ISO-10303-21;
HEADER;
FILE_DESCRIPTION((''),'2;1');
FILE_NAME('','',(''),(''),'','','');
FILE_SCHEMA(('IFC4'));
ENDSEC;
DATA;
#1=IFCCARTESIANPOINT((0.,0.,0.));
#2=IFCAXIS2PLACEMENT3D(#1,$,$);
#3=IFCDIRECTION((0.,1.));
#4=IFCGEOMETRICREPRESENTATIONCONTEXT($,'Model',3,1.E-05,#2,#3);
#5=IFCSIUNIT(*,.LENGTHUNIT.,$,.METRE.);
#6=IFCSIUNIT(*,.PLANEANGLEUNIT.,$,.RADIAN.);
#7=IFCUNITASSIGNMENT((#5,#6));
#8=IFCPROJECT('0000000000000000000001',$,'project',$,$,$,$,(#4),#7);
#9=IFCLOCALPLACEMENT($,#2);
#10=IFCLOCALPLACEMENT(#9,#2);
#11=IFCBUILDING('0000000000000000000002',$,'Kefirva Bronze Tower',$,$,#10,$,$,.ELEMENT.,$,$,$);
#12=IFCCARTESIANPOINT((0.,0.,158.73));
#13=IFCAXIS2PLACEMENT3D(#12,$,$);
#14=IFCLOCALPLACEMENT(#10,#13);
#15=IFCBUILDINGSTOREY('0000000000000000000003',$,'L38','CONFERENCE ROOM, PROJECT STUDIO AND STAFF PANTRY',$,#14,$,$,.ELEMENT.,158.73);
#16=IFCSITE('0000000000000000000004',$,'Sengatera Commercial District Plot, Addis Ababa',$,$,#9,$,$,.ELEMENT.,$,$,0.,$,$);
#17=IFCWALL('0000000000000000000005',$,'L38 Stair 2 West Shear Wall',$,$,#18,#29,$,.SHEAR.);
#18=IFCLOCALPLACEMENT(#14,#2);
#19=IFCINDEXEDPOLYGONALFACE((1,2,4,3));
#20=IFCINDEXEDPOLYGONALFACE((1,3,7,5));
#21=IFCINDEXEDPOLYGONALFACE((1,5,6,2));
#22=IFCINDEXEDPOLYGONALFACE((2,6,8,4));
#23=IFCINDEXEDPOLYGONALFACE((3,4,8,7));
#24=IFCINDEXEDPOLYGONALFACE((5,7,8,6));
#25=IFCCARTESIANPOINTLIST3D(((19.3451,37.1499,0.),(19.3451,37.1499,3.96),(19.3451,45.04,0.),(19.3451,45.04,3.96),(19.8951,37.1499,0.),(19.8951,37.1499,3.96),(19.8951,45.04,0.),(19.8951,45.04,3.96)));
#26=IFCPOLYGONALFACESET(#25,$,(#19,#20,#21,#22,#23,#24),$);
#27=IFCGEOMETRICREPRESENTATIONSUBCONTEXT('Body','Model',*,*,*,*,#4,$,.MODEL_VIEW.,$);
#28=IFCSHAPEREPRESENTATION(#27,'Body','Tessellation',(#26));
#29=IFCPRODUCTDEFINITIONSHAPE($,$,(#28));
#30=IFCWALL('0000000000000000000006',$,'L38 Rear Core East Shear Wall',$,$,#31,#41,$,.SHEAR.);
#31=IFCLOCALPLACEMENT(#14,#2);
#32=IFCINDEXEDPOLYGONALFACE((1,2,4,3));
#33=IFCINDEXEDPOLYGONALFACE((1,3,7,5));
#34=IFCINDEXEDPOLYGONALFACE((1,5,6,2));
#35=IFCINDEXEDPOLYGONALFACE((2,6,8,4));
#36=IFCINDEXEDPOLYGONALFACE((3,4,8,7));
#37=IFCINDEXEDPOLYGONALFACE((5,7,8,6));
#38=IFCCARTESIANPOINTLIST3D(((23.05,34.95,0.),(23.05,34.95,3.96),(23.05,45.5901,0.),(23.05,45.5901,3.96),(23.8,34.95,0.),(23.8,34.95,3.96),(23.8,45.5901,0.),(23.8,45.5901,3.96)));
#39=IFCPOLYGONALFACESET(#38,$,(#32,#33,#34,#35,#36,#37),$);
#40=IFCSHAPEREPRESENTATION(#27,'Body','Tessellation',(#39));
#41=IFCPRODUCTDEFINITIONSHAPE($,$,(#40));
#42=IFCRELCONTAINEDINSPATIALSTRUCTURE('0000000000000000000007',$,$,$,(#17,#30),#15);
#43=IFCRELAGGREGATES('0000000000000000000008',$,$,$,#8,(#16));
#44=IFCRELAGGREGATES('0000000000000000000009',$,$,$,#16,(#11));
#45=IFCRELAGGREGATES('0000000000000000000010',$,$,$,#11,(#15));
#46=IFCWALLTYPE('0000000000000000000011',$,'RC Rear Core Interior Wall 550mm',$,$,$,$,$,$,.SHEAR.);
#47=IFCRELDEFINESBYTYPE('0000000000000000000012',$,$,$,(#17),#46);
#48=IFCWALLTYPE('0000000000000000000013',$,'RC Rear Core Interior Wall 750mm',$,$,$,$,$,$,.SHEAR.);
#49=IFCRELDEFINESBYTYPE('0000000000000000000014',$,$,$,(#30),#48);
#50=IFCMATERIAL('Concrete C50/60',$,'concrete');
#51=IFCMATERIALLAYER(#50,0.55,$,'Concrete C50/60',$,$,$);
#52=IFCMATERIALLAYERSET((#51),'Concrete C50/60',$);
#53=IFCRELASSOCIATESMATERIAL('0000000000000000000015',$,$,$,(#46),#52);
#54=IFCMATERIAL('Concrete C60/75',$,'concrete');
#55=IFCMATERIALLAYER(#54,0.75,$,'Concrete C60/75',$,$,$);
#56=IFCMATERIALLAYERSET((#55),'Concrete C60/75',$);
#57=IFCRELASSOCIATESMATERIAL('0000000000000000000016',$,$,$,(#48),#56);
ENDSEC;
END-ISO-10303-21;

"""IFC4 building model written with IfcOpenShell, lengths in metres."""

from ifc_helpers import new_model, si_unit, direction, frame, frame_2d, origin, place, context, subcontext, project, spatial, rectangle, extrude, material, layer, layer_set, type_object, element, save


model = new_model("IFC4")

# Units and contexts
model_context = context("Model", 3, precision=1e-05, world=origin(), true_north=direction((0.0, 1.0)))
body_context = subcontext(model_context, "Body", "Model", "MODEL_VIEW")
ifc_project = project(units=[si_unit("LENGTHUNIT", "METRE"), si_unit("PLANEANGLEUNIT", "RADIAN")], contexts=[model_context])

# Site, building, storey
site_placement = place(None, origin())
site = spatial("IfcSite", under=ifc_project, at=site_placement, Name="Sengatera Commercial District Plot, Addis Ababa", CompositionType="ELEMENT", RefElevation=0.0)
building_placement = place(site_placement, origin())
building = spatial("IfcBuilding", under=site, at=building_placement, Name="Kefirva Bronze Tower", CompositionType="ELEMENT")
storey_placement = place(building_placement, frame((0.0, 0.0, 158.73)))
storey = spatial("IfcBuildingStorey", under=building, at=storey_placement, Name="L38", Description="CONFERENCE ROOM, PROJECT STUDIO AND STAFF PANTRY", CompositionType="ELEMENT", Elevation=158.73)

# Shared definitions
ifc_material_1 = material(Name="Concrete C60/75", Category="concrete")

# Walls
ifc_material_2 = material(Name="Concrete C50/60", Category="concrete")
ifc_layer_1 = layer(ifc_material_2, 0.55, Name="Concrete C50/60")
ifc_layer_set_1 = layer_set([ifc_layer_1], Name="Concrete C50/60")
wall_type_1 = type_object("IfcWallType", Name="RC Rear Core Interior Wall 550mm", PredefinedType="SHEAR", material=ifc_layer_set_1)
wall_1_placement = place(storey_placement, frame((19.6201, 37.1499, 0.0), z_axis=(0.0, 0.0, 1.0), x_axis=(0.0, 1.0, 0.0)))
element("IfcWall", 1, at=wall_1_placement, inside=storey, type_object=wall_type_1, Name="L38 Stair 2 West Shear Wall", PredefinedType="SHEAR", context=body_context, shape_type="SweptSolid", body=[
    extrude(rectangle(XDim=7.8901, YDim=0.55, at=frame_2d((3.9451, 0.0))), origin(), (0.0, 0.0, 1.0), 3.96),
])
ifc_layer_2 = layer(ifc_material_1, 0.75, Name="Concrete C60/75")
ifc_layer_set_2 = layer_set([ifc_layer_2], Name="Concrete C60/75")
wall_type_2 = type_object("IfcWallType", Name="RC Rear Core Interior Wall 750mm", PredefinedType="SHEAR", material=ifc_layer_set_2)
wall_2_placement = place(storey_placement, frame((23.425, 34.95, 0.0), z_axis=(0.0, 0.0, 1.0), x_axis=(0.0, 1.0, 0.0)))
element("IfcWall", 2, at=wall_2_placement, inside=storey, type_object=wall_type_2, Name="L38 Rear Core East Shear Wall", PredefinedType="SHEAR", context=body_context, shape_type="SweptSolid", body=[
    extrude(rectangle(XDim=10.6401, YDim=0.75, at=frame_2d((5.3201, 0.0))), origin(), (0.0, 0.0, 1.0), 3.96),
])

save(model, "model.ifc")
